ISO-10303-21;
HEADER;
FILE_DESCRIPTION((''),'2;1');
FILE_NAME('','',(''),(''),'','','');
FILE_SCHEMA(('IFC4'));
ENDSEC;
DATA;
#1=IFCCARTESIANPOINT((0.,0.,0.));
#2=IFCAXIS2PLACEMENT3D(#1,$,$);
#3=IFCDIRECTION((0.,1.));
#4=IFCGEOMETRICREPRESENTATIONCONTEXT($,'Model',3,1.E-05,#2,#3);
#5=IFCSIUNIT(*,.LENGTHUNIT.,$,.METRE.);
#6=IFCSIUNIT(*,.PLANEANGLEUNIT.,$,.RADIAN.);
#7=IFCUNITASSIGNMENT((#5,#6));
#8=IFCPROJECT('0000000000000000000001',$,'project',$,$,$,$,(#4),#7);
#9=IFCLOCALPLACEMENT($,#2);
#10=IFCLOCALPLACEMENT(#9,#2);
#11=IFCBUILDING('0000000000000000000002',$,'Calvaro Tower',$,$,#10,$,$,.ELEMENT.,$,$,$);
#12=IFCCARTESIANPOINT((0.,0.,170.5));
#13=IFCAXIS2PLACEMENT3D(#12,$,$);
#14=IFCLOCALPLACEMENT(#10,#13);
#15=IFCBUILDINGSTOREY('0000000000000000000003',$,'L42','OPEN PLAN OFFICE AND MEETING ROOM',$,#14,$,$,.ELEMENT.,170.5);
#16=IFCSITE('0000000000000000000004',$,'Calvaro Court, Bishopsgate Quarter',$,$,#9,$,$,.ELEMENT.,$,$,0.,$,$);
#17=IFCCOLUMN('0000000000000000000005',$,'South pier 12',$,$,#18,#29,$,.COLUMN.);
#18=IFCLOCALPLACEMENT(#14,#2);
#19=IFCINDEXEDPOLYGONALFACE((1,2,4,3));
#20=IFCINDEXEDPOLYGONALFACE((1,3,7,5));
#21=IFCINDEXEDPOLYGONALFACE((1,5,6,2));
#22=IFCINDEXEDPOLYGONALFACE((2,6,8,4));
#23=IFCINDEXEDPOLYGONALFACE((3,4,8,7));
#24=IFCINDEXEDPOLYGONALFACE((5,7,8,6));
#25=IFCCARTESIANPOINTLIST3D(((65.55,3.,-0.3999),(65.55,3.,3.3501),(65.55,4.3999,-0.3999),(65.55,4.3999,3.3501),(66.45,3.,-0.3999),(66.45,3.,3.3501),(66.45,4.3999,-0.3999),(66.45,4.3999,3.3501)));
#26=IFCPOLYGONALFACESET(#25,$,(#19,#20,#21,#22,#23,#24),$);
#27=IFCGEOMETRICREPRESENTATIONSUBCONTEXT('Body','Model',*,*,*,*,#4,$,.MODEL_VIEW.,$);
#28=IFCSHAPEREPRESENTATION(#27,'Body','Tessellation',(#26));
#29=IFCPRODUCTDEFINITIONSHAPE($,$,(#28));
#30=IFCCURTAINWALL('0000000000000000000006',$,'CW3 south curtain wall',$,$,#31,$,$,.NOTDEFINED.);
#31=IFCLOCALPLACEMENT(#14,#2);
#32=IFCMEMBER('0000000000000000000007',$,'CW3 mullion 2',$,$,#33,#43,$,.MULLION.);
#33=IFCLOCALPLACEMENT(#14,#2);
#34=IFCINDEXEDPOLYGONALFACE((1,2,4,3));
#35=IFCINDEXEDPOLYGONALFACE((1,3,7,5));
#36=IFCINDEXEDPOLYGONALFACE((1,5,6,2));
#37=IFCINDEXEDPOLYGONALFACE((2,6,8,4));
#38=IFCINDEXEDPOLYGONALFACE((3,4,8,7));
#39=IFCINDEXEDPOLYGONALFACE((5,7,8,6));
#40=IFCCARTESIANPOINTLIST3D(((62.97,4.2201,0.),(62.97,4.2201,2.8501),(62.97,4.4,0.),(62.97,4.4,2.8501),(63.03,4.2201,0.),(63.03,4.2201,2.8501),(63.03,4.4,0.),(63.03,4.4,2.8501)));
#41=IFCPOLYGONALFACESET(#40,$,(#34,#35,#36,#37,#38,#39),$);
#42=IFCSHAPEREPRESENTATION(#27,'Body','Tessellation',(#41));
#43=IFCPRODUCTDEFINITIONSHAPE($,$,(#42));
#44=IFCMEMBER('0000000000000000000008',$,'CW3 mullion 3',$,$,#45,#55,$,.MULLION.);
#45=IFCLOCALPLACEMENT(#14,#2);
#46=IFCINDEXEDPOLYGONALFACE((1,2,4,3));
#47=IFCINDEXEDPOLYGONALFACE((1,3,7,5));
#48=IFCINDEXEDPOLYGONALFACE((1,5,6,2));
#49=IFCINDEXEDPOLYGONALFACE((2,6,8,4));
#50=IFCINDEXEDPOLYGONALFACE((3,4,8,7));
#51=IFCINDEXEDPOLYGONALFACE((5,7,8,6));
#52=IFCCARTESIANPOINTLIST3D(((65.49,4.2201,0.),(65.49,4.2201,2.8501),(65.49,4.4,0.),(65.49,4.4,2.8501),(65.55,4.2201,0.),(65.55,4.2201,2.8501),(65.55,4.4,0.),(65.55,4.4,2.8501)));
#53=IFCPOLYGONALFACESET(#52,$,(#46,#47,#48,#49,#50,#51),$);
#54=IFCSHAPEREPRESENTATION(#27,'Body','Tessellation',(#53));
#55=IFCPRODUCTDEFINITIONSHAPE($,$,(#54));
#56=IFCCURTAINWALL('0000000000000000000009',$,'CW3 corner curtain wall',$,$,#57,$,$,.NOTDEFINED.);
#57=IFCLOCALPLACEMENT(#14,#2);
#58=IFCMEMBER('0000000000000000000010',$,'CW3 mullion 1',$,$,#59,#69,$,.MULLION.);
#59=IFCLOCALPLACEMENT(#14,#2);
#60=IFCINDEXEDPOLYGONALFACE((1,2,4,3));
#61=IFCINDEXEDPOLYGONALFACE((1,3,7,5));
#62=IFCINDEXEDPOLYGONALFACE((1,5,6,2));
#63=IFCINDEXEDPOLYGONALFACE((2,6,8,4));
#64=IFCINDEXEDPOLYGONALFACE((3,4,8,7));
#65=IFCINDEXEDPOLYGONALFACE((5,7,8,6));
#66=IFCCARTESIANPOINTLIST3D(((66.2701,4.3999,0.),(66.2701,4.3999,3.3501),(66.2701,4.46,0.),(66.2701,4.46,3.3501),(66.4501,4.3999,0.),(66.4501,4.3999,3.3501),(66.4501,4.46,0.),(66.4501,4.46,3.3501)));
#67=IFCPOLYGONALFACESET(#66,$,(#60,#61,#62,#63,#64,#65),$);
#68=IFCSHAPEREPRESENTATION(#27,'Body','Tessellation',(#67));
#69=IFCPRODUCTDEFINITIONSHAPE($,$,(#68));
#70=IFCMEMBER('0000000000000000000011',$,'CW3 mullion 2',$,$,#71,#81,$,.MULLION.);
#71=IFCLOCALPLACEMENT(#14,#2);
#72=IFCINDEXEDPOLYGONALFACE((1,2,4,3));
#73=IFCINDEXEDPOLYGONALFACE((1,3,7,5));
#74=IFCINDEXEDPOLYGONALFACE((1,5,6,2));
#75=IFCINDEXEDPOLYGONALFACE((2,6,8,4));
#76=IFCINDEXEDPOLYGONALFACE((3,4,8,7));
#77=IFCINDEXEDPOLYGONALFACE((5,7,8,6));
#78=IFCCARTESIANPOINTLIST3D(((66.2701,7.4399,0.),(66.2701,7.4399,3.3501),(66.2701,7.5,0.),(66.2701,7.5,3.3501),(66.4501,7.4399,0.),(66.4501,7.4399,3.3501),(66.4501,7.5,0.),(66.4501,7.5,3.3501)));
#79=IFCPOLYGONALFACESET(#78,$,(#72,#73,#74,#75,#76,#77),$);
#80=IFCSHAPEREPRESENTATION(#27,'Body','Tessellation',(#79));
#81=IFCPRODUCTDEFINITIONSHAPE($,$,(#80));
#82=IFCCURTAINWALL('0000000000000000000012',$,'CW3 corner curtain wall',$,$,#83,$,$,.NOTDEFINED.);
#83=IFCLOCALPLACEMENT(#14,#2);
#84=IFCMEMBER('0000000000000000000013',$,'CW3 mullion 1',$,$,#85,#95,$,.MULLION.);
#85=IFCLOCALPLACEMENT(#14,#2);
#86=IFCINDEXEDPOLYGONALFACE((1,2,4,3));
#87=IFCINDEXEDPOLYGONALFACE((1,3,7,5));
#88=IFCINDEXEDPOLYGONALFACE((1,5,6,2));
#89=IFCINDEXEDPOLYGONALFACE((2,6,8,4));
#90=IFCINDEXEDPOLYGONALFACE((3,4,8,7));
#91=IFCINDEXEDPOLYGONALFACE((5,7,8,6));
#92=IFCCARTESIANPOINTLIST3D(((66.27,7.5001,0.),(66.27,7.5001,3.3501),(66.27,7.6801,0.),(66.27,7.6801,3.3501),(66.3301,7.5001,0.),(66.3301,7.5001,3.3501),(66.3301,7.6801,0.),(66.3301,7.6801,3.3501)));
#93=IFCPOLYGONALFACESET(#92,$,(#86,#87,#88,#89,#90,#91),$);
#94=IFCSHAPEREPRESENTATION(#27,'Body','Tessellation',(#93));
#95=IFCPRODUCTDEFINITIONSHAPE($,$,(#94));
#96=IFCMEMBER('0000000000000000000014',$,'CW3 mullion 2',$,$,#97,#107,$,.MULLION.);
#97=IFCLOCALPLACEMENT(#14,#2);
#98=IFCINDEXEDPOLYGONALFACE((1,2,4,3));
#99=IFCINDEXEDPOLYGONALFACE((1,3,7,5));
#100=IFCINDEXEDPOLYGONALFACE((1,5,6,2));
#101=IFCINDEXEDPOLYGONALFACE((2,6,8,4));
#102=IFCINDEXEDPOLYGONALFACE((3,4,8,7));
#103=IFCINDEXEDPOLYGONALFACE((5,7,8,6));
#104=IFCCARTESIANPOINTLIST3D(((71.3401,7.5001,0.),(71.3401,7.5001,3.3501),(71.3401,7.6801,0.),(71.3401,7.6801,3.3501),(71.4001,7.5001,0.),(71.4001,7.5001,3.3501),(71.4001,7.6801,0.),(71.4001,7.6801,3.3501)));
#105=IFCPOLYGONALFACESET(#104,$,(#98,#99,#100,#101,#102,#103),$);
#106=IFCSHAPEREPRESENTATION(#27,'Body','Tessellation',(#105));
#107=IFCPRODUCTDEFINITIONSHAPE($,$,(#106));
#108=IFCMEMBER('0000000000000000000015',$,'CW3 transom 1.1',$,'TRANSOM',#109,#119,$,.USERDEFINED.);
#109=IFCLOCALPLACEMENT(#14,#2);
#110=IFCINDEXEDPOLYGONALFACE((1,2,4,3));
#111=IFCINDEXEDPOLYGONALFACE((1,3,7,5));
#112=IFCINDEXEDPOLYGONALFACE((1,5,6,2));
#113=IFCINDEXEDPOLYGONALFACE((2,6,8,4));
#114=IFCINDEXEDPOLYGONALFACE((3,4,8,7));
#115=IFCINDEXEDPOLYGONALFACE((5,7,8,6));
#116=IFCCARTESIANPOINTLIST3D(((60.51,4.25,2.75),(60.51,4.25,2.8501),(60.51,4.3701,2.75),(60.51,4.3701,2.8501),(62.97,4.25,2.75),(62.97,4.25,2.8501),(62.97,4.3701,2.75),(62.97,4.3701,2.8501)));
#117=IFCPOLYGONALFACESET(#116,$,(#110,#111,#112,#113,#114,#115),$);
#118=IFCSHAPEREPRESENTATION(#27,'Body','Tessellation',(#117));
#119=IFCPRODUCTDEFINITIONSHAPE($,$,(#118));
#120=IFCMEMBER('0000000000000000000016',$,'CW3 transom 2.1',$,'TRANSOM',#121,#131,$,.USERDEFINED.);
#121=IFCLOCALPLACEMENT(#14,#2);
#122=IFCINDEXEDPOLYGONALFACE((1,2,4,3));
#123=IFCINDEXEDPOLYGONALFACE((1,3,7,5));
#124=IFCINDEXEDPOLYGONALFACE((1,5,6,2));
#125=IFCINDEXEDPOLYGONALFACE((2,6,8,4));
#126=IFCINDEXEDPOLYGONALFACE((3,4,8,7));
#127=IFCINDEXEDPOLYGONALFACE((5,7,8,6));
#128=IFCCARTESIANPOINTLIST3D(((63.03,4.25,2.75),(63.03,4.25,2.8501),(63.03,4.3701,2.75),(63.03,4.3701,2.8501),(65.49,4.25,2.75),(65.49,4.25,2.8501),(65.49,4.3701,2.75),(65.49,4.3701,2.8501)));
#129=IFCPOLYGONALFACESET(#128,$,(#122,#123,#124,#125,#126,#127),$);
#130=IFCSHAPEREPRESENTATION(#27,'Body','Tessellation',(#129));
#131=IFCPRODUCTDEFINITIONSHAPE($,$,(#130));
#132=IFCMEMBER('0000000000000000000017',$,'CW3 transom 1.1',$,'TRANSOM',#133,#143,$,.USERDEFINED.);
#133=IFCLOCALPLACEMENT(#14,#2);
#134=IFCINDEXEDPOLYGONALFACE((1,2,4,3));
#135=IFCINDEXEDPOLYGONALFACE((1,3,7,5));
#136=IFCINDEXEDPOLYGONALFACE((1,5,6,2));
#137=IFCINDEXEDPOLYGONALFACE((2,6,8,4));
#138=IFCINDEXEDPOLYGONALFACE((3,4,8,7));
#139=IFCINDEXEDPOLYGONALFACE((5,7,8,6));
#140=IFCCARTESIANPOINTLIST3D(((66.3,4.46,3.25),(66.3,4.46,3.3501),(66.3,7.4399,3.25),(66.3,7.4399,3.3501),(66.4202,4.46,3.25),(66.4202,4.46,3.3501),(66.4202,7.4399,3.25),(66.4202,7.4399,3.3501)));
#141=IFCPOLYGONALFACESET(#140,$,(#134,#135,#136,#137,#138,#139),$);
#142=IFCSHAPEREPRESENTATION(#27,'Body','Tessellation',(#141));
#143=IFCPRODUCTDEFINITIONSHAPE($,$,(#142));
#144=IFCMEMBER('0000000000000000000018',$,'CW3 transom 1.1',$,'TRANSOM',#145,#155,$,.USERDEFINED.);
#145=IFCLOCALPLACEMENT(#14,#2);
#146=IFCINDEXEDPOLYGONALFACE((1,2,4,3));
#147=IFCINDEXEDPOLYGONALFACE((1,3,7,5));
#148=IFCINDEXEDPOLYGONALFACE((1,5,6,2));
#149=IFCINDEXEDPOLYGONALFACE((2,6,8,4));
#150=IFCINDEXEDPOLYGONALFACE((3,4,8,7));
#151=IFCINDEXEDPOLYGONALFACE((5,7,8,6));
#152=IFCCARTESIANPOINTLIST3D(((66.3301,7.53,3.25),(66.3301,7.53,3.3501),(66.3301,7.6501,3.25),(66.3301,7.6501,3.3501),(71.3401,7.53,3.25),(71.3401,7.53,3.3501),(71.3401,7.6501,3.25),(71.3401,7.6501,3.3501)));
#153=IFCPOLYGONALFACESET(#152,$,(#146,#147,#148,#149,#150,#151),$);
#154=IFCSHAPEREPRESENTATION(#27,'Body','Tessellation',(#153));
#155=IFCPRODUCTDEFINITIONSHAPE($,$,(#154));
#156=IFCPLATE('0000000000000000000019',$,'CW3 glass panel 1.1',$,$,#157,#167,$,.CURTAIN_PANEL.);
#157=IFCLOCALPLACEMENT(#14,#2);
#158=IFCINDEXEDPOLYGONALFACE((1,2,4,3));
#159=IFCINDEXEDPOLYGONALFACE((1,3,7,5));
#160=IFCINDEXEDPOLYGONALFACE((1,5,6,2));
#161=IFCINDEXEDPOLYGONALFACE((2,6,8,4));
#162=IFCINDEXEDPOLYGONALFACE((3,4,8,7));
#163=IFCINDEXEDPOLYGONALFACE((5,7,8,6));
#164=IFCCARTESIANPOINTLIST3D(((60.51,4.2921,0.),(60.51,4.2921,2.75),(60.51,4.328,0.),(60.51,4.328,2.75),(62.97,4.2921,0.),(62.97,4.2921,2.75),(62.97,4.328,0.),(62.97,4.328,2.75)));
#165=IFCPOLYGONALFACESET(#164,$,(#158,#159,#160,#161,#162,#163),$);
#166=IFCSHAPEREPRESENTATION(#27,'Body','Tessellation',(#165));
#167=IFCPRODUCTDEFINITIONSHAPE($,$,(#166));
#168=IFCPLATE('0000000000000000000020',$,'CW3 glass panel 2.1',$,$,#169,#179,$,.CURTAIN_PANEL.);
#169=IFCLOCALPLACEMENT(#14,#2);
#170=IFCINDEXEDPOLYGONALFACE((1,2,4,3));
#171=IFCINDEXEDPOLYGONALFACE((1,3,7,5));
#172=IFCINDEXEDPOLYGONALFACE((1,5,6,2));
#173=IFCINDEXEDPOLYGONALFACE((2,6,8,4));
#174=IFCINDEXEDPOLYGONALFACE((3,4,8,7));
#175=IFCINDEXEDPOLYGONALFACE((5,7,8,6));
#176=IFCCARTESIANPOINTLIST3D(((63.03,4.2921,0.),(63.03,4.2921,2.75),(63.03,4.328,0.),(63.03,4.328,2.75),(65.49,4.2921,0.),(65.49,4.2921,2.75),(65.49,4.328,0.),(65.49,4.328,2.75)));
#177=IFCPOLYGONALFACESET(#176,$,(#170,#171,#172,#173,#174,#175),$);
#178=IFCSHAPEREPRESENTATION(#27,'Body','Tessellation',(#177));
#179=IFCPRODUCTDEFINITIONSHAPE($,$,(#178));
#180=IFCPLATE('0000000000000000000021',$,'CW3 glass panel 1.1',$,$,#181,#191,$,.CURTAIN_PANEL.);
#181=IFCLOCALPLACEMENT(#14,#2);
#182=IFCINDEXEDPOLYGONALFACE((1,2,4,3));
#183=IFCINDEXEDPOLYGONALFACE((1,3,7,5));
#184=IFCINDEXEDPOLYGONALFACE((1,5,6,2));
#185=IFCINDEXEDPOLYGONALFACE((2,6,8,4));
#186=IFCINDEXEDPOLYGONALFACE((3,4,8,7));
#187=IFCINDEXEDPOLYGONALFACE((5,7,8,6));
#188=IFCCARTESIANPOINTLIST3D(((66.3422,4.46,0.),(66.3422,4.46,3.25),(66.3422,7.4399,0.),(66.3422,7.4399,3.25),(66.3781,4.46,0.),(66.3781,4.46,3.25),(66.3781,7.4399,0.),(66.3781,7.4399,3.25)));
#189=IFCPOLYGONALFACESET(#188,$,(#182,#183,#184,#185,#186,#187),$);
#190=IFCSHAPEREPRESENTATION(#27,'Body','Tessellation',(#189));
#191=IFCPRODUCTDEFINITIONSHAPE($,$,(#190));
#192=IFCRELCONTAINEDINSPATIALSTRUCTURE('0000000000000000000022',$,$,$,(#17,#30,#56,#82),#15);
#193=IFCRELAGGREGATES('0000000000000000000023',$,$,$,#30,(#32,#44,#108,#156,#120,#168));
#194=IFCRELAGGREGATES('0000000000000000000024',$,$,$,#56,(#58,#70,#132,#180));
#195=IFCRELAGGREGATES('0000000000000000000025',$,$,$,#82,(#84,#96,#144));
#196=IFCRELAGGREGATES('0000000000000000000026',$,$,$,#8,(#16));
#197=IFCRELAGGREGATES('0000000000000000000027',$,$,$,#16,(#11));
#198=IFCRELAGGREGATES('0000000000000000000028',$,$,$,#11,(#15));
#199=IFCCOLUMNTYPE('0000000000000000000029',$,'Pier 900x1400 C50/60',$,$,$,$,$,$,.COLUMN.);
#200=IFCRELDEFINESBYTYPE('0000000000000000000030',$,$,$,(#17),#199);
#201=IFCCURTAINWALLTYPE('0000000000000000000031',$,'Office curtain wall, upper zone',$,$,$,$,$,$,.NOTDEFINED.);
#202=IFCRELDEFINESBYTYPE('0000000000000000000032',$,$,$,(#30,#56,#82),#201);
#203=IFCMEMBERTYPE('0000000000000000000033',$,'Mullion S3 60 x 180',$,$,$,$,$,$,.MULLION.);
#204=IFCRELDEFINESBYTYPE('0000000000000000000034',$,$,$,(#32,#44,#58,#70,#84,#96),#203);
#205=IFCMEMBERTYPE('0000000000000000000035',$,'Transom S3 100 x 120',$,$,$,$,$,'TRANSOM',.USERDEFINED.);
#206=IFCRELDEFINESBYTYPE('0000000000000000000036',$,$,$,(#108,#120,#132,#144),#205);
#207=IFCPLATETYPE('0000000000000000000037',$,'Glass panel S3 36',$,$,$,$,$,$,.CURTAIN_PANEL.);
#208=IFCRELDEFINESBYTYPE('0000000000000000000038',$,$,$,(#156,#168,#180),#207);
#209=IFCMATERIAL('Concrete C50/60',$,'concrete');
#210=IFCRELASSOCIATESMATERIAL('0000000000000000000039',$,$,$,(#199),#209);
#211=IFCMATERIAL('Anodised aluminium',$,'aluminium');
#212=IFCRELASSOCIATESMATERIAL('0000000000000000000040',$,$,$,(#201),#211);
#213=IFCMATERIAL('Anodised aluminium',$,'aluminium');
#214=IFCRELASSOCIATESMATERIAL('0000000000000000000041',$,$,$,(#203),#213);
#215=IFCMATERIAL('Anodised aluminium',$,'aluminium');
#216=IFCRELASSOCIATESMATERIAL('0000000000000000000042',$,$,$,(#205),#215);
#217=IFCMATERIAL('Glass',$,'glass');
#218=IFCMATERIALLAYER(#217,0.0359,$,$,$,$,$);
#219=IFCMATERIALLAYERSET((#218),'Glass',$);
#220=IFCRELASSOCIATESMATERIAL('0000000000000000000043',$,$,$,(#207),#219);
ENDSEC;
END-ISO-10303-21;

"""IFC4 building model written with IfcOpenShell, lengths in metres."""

from ifc_helpers import new_model, si_unit, direction, frame, origin, origin_2d, place, context, subcontext, project, spatial, rectangle, extrude, material, layer, layer_set, material_profile, profile_set, type_object, element, aggregate, save


model = new_model("IFC4")

# Units and contexts
model_context = context("Model", 3, precision=1e-05, world=origin(), true_north=direction((0.0, 1.0)))
body_context = subcontext(model_context, "Body", "Model", "MODEL_VIEW")
ifc_project = project(units=[si_unit("LENGTHUNIT", "METRE"), si_unit("PLANEANGLEUNIT", "RADIAN")], contexts=[model_context])

# Site, building, storey
site_placement = place(None, origin())
site = spatial("IfcSite", under=ifc_project, at=site_placement, Name="Calvaro Court, Bishopsgate Quarter", CompositionType="ELEMENT", RefElevation=0.0)
building_placement = place(site_placement, origin())
building = spatial("IfcBuilding", under=site, at=building_placement, Name="Calvaro Tower", CompositionType="ELEMENT")
storey_placement = place(building_placement, frame((0.0, 0.0, 170.5)))
storey = spatial("IfcBuildingStorey", under=building, at=storey_placement, Name="L42", Description="OPEN PLAN OFFICE AND MEETING ROOM", CompositionType="ELEMENT", Elevation=170.5)

# Column
ifc_material_1 = material(Name="Concrete C50/60", Category="concrete")
ifc_material_profile_1 = material_profile(ifc_material_1, rectangle(XDim=0.8999, YDim=1.3999, at=origin_2d()), Name="RC 900x1400")
ifc_profile_set_1 = profile_set([ifc_material_profile_1], Name="Concrete C50/60")
column_type = type_object("IfcColumnType", Name="Pier 900x1400 C50/60", PredefinedType="COLUMN", material=ifc_profile_set_1)
column_placement = place(storey_placement, frame((66.0, 3.7, -0.3999), z_axis=(0.0, 0.0, 1.0), x_axis=(1.0, 0.0, 0.0)))
element("IfcColumn", 1, at=column_placement, inside=storey, type_object=column_type, Name="South pier 12", PredefinedType="COLUMN", context=body_context, shape_type="SweptSolid", body=[
    extrude(rectangle(XDim=0.8999, YDim=1.3999, at=origin_2d()), origin(), (0.0, 0.0, 1.0), 3.75),
])

# Curtain walls, members
ifc_material_2 = material(Name="Anodised aluminium", Category="aluminium")
curtain_wall_type = type_object("IfcCurtainWallType", Name="Office curtain wall, upper zone", PredefinedType="NOTDEFINED", material=ifc_material_2)
curtain_wall_1_placement = place(storey_placement, origin())
curtain_wall_1 = element("IfcCurtainWall", 2, at=curtain_wall_1_placement, inside=storey, type_object=curtain_wall_type, Name="CW3 south curtain wall", PredefinedType="NOTDEFINED")
ifc_material_3 = material(Name="Anodised aluminium", Category="aluminium")
ifc_material_profile_2 = material_profile(ifc_material_3, rectangle(XDim=0.1799, YDim=0.0601, at=origin_2d()), Name="Mullion S3 60 x 180")
ifc_profile_set_2 = profile_set([ifc_material_profile_2], Name="Anodised aluminium")
member_type_1 = type_object("IfcMemberType", Name="Mullion S3 60 x 180", PredefinedType="MULLION", material=ifc_profile_set_2)
member_1_placement = place(storey_placement, frame((63.0, 4.3101, 0.0), z_axis=(0.0, 0.0, 1.0), x_axis=(0.0, 1.0, 0.0)))
member_1 = element("IfcMember", 3, at=member_1_placement, type_object=member_type_1, Name="CW3 mullion 2", PredefinedType="MULLION", context=body_context, shape_type="SweptSolid", body=[
    extrude(rectangle(XDim=0.1799, YDim=0.0601, at=origin_2d()), origin(), (0.0, 0.0, 1.0), 2.8501),
])
member_2_placement = place(storey_placement, frame((65.52, 4.3101, 0.0), z_axis=(0.0, 0.0, 1.0), x_axis=(0.0, 1.0, 0.0)))
member_2 = element("IfcMember", 4, at=member_2_placement, type_object=member_type_1, Name="CW3 mullion 3", PredefinedType="MULLION", context=body_context, shape_type="SweptSolid", body=[
    extrude(rectangle(XDim=0.1799, YDim=0.0601, at=origin_2d()), origin(), (0.0, 0.0, 1.0), 2.8501),
])
curtain_wall_2_placement = place(storey_placement, origin())
curtain_wall_2 = element("IfcCurtainWall", 5, at=curtain_wall_2_placement, inside=storey, type_object=curtain_wall_type, Name="CW3 corner curtain wall", PredefinedType="NOTDEFINED")
member_3_placement = place(storey_placement, frame((66.3601, 4.4299, 0.0), z_axis=(0.0, 0.0, 1.0), x_axis=(-1.0, 0.0, 0.0)))
member_3 = element("IfcMember", 6, at=member_3_placement, type_object=member_type_1, Name="CW3 mullion 1", PredefinedType="MULLION", context=body_context, shape_type="SweptSolid", body=[
    extrude(rectangle(XDim=0.1799, YDim=0.0601, at=origin_2d()), origin(), (0.0, 0.0, 1.0), 3.3501),
])
member_4_placement = place(storey_placement, frame((66.3601, 7.47, 0.0), z_axis=(0.0, 0.0, 1.0), x_axis=(-1.0, 0.0, 0.0)))
member_4 = element("IfcMember", 7, at=member_4_placement, type_object=member_type_1, Name="CW3 mullion 2", PredefinedType="MULLION", context=body_context, shape_type="SweptSolid", body=[
    extrude(rectangle(XDim=0.1799, YDim=0.0601, at=origin_2d()), origin(), (0.0, 0.0, 1.0), 3.3501),
])
curtain_wall_3_placement = place(storey_placement, origin())
curtain_wall_3 = element("IfcCurtainWall", 8, at=curtain_wall_3_placement, inside=storey, type_object=curtain_wall_type, Name="CW3 corner curtain wall", PredefinedType="NOTDEFINED")
member_5_placement = place(storey_placement, frame((66.3, 7.5901, 0.0), z_axis=(0.0, 0.0, 1.0), x_axis=(0.0, 1.0, 0.0)))
member_5 = element("IfcMember", 9, at=member_5_placement, type_object=member_type_1, Name="CW3 mullion 1", PredefinedType="MULLION", context=body_context, shape_type="SweptSolid", body=[
    extrude(rectangle(XDim=0.1799, YDim=0.0601, at=origin_2d()), origin(), (0.0, 0.0, 1.0), 3.3501),
])
member_6_placement = place(storey_placement, frame((71.3701, 7.5901, 0.0), z_axis=(0.0, 0.0, 1.0), x_axis=(0.0, 1.0, 0.0)))
member_6 = element("IfcMember", 10, at=member_6_placement, type_object=member_type_1, Name="CW3 mullion 2", PredefinedType="MULLION", context=body_context, shape_type="SweptSolid", body=[
    extrude(rectangle(XDim=0.1799, YDim=0.0601, at=origin_2d()), origin(), (0.0, 0.0, 1.0), 3.3501),
])

# Members
ifc_material_4 = material(Name="Anodised aluminium", Category="aluminium")
ifc_material_profile_3 = material_profile(ifc_material_4, rectangle(XDim=0.1201, YDim=0.1001, at=origin_2d()), Name="Transom S3 100 x 120")
ifc_profile_set_3 = profile_set([ifc_material_profile_3], Name="Anodised aluminium")
member_type_2 = type_object("IfcMemberType", Name="Transom S3 100 x 120", ElementType="TRANSOM", PredefinedType="USERDEFINED", material=ifc_profile_set_3)
member_7_placement = place(storey_placement, frame((60.51, 4.3101, 2.8), z_axis=(1.0, 0.0, 0.0), x_axis=(0.0, 1.0, 0.0)))
member_7 = element("IfcMember", 11, at=member_7_placement, type_object=member_type_2, Name="CW3 transom 1.1", ObjectType="TRANSOM", PredefinedType="USERDEFINED", context=body_context, shape_type="SweptSolid", body=[
    extrude(rectangle(XDim=0.1201, YDim=0.1001, at=origin_2d()), origin(), (0.0, 0.0, 1.0), 2.46),
])
member_8_placement = place(storey_placement, frame((63.03, 4.3101, 2.8), z_axis=(1.0, 0.0, 0.0), x_axis=(0.0, 1.0, 0.0)))
member_8 = element("IfcMember", 12, at=member_8_placement, type_object=member_type_2, Name="CW3 transom 2.1", ObjectType="TRANSOM", PredefinedType="USERDEFINED", context=body_context, shape_type="SweptSolid", body=[
    extrude(rectangle(XDim=0.1201, YDim=0.1001, at=origin_2d()), origin(), (0.0, 0.0, 1.0), 2.46),
])
member_9_placement = place(storey_placement, frame((66.3601, 4.46, 3.3), z_axis=(0.0, 1.0, 0.0), x_axis=(-1.0, 0.0, 0.0)))
member_9 = element("IfcMember", 13, at=member_9_placement, type_object=member_type_2, Name="CW3 transom 1.1", ObjectType="TRANSOM", PredefinedType="USERDEFINED", context=body_context, shape_type="SweptSolid", body=[
    extrude(rectangle(XDim=0.1201, YDim=0.1001, at=origin_2d()), origin(), (0.0, 0.0, 1.0), 2.98),
])
member_10_placement = place(storey_placement, frame((66.3301, 7.5901, 3.3), z_axis=(1.0, 0.0, 0.0), x_axis=(0.0, 1.0, 0.0)))
member_10 = element("IfcMember", 14, at=member_10_placement, type_object=member_type_2, Name="CW3 transom 1.1", ObjectType="TRANSOM", PredefinedType="USERDEFINED", context=body_context, shape_type="SweptSolid", body=[
    extrude(rectangle(XDim=0.1201, YDim=0.1001, at=origin_2d()), origin(), (0.0, 0.0, 1.0), 5.01),
])

# Plates
ifc_material_5 = material(Name="Glass", Category="glass")
ifc_layer_1 = layer(ifc_material_5, 0.0359)
ifc_layer_set_1 = layer_set([ifc_layer_1], Name="Glass")
plate_type = type_object("IfcPlateType", Name="Glass panel S3 36", PredefinedType="CURTAIN_PANEL", material=ifc_layer_set_1)
plate_1_placement = place(storey_placement, frame((61.74, 4.3101, 0.0), z_axis=(0.0, 0.0, 1.0), x_axis=(1.0, 0.0, 0.0)))
plate_1 = element("IfcPlate", 15, at=plate_1_placement, type_object=plate_type, Name="CW3 glass panel 1.1", PredefinedType="CURTAIN_PANEL", context=body_context, shape_type="SweptSolid", body=[
    extrude(rectangle(XDim=2.46, YDim=0.0359, at=origin_2d()), origin(), (0.0, 0.0, 1.0), 2.75),
])
plate_2_placement = place(storey_placement, frame((64.26, 4.3101, 0.0), z_axis=(0.0, 0.0, 1.0), x_axis=(1.0, 0.0, 0.0)))
plate_2 = element("IfcPlate", 16, at=plate_2_placement, type_object=plate_type, Name="CW3 glass panel 2.1", PredefinedType="CURTAIN_PANEL", context=body_context, shape_type="SweptSolid", body=[
    extrude(rectangle(XDim=2.46, YDim=0.0359, at=origin_2d()), origin(), (0.0, 0.0, 1.0), 2.75),
])
aggregate(curtain_wall_1, [member_1, member_2, member_7, plate_1, member_8, plate_2])
plate_3_placement = place(storey_placement, frame((66.3601, 5.95, 0.0), z_axis=(0.0, 0.0, 1.0), x_axis=(0.0, 1.0, 0.0)))
plate_3 = element("IfcPlate", 17, at=plate_3_placement, type_object=plate_type, Name="CW3 glass panel 1.1", PredefinedType="CURTAIN_PANEL", context=body_context, shape_type="SweptSolid", body=[
    extrude(rectangle(XDim=2.98, YDim=0.0359, at=origin_2d()), origin(), (0.0, 0.0, 1.0), 3.25),
])
aggregate(curtain_wall_2, [member_3, member_4, member_9, plate_3])
aggregate(curtain_wall_3, [member_5, member_6, member_10])

save(model, "model.ifc")
